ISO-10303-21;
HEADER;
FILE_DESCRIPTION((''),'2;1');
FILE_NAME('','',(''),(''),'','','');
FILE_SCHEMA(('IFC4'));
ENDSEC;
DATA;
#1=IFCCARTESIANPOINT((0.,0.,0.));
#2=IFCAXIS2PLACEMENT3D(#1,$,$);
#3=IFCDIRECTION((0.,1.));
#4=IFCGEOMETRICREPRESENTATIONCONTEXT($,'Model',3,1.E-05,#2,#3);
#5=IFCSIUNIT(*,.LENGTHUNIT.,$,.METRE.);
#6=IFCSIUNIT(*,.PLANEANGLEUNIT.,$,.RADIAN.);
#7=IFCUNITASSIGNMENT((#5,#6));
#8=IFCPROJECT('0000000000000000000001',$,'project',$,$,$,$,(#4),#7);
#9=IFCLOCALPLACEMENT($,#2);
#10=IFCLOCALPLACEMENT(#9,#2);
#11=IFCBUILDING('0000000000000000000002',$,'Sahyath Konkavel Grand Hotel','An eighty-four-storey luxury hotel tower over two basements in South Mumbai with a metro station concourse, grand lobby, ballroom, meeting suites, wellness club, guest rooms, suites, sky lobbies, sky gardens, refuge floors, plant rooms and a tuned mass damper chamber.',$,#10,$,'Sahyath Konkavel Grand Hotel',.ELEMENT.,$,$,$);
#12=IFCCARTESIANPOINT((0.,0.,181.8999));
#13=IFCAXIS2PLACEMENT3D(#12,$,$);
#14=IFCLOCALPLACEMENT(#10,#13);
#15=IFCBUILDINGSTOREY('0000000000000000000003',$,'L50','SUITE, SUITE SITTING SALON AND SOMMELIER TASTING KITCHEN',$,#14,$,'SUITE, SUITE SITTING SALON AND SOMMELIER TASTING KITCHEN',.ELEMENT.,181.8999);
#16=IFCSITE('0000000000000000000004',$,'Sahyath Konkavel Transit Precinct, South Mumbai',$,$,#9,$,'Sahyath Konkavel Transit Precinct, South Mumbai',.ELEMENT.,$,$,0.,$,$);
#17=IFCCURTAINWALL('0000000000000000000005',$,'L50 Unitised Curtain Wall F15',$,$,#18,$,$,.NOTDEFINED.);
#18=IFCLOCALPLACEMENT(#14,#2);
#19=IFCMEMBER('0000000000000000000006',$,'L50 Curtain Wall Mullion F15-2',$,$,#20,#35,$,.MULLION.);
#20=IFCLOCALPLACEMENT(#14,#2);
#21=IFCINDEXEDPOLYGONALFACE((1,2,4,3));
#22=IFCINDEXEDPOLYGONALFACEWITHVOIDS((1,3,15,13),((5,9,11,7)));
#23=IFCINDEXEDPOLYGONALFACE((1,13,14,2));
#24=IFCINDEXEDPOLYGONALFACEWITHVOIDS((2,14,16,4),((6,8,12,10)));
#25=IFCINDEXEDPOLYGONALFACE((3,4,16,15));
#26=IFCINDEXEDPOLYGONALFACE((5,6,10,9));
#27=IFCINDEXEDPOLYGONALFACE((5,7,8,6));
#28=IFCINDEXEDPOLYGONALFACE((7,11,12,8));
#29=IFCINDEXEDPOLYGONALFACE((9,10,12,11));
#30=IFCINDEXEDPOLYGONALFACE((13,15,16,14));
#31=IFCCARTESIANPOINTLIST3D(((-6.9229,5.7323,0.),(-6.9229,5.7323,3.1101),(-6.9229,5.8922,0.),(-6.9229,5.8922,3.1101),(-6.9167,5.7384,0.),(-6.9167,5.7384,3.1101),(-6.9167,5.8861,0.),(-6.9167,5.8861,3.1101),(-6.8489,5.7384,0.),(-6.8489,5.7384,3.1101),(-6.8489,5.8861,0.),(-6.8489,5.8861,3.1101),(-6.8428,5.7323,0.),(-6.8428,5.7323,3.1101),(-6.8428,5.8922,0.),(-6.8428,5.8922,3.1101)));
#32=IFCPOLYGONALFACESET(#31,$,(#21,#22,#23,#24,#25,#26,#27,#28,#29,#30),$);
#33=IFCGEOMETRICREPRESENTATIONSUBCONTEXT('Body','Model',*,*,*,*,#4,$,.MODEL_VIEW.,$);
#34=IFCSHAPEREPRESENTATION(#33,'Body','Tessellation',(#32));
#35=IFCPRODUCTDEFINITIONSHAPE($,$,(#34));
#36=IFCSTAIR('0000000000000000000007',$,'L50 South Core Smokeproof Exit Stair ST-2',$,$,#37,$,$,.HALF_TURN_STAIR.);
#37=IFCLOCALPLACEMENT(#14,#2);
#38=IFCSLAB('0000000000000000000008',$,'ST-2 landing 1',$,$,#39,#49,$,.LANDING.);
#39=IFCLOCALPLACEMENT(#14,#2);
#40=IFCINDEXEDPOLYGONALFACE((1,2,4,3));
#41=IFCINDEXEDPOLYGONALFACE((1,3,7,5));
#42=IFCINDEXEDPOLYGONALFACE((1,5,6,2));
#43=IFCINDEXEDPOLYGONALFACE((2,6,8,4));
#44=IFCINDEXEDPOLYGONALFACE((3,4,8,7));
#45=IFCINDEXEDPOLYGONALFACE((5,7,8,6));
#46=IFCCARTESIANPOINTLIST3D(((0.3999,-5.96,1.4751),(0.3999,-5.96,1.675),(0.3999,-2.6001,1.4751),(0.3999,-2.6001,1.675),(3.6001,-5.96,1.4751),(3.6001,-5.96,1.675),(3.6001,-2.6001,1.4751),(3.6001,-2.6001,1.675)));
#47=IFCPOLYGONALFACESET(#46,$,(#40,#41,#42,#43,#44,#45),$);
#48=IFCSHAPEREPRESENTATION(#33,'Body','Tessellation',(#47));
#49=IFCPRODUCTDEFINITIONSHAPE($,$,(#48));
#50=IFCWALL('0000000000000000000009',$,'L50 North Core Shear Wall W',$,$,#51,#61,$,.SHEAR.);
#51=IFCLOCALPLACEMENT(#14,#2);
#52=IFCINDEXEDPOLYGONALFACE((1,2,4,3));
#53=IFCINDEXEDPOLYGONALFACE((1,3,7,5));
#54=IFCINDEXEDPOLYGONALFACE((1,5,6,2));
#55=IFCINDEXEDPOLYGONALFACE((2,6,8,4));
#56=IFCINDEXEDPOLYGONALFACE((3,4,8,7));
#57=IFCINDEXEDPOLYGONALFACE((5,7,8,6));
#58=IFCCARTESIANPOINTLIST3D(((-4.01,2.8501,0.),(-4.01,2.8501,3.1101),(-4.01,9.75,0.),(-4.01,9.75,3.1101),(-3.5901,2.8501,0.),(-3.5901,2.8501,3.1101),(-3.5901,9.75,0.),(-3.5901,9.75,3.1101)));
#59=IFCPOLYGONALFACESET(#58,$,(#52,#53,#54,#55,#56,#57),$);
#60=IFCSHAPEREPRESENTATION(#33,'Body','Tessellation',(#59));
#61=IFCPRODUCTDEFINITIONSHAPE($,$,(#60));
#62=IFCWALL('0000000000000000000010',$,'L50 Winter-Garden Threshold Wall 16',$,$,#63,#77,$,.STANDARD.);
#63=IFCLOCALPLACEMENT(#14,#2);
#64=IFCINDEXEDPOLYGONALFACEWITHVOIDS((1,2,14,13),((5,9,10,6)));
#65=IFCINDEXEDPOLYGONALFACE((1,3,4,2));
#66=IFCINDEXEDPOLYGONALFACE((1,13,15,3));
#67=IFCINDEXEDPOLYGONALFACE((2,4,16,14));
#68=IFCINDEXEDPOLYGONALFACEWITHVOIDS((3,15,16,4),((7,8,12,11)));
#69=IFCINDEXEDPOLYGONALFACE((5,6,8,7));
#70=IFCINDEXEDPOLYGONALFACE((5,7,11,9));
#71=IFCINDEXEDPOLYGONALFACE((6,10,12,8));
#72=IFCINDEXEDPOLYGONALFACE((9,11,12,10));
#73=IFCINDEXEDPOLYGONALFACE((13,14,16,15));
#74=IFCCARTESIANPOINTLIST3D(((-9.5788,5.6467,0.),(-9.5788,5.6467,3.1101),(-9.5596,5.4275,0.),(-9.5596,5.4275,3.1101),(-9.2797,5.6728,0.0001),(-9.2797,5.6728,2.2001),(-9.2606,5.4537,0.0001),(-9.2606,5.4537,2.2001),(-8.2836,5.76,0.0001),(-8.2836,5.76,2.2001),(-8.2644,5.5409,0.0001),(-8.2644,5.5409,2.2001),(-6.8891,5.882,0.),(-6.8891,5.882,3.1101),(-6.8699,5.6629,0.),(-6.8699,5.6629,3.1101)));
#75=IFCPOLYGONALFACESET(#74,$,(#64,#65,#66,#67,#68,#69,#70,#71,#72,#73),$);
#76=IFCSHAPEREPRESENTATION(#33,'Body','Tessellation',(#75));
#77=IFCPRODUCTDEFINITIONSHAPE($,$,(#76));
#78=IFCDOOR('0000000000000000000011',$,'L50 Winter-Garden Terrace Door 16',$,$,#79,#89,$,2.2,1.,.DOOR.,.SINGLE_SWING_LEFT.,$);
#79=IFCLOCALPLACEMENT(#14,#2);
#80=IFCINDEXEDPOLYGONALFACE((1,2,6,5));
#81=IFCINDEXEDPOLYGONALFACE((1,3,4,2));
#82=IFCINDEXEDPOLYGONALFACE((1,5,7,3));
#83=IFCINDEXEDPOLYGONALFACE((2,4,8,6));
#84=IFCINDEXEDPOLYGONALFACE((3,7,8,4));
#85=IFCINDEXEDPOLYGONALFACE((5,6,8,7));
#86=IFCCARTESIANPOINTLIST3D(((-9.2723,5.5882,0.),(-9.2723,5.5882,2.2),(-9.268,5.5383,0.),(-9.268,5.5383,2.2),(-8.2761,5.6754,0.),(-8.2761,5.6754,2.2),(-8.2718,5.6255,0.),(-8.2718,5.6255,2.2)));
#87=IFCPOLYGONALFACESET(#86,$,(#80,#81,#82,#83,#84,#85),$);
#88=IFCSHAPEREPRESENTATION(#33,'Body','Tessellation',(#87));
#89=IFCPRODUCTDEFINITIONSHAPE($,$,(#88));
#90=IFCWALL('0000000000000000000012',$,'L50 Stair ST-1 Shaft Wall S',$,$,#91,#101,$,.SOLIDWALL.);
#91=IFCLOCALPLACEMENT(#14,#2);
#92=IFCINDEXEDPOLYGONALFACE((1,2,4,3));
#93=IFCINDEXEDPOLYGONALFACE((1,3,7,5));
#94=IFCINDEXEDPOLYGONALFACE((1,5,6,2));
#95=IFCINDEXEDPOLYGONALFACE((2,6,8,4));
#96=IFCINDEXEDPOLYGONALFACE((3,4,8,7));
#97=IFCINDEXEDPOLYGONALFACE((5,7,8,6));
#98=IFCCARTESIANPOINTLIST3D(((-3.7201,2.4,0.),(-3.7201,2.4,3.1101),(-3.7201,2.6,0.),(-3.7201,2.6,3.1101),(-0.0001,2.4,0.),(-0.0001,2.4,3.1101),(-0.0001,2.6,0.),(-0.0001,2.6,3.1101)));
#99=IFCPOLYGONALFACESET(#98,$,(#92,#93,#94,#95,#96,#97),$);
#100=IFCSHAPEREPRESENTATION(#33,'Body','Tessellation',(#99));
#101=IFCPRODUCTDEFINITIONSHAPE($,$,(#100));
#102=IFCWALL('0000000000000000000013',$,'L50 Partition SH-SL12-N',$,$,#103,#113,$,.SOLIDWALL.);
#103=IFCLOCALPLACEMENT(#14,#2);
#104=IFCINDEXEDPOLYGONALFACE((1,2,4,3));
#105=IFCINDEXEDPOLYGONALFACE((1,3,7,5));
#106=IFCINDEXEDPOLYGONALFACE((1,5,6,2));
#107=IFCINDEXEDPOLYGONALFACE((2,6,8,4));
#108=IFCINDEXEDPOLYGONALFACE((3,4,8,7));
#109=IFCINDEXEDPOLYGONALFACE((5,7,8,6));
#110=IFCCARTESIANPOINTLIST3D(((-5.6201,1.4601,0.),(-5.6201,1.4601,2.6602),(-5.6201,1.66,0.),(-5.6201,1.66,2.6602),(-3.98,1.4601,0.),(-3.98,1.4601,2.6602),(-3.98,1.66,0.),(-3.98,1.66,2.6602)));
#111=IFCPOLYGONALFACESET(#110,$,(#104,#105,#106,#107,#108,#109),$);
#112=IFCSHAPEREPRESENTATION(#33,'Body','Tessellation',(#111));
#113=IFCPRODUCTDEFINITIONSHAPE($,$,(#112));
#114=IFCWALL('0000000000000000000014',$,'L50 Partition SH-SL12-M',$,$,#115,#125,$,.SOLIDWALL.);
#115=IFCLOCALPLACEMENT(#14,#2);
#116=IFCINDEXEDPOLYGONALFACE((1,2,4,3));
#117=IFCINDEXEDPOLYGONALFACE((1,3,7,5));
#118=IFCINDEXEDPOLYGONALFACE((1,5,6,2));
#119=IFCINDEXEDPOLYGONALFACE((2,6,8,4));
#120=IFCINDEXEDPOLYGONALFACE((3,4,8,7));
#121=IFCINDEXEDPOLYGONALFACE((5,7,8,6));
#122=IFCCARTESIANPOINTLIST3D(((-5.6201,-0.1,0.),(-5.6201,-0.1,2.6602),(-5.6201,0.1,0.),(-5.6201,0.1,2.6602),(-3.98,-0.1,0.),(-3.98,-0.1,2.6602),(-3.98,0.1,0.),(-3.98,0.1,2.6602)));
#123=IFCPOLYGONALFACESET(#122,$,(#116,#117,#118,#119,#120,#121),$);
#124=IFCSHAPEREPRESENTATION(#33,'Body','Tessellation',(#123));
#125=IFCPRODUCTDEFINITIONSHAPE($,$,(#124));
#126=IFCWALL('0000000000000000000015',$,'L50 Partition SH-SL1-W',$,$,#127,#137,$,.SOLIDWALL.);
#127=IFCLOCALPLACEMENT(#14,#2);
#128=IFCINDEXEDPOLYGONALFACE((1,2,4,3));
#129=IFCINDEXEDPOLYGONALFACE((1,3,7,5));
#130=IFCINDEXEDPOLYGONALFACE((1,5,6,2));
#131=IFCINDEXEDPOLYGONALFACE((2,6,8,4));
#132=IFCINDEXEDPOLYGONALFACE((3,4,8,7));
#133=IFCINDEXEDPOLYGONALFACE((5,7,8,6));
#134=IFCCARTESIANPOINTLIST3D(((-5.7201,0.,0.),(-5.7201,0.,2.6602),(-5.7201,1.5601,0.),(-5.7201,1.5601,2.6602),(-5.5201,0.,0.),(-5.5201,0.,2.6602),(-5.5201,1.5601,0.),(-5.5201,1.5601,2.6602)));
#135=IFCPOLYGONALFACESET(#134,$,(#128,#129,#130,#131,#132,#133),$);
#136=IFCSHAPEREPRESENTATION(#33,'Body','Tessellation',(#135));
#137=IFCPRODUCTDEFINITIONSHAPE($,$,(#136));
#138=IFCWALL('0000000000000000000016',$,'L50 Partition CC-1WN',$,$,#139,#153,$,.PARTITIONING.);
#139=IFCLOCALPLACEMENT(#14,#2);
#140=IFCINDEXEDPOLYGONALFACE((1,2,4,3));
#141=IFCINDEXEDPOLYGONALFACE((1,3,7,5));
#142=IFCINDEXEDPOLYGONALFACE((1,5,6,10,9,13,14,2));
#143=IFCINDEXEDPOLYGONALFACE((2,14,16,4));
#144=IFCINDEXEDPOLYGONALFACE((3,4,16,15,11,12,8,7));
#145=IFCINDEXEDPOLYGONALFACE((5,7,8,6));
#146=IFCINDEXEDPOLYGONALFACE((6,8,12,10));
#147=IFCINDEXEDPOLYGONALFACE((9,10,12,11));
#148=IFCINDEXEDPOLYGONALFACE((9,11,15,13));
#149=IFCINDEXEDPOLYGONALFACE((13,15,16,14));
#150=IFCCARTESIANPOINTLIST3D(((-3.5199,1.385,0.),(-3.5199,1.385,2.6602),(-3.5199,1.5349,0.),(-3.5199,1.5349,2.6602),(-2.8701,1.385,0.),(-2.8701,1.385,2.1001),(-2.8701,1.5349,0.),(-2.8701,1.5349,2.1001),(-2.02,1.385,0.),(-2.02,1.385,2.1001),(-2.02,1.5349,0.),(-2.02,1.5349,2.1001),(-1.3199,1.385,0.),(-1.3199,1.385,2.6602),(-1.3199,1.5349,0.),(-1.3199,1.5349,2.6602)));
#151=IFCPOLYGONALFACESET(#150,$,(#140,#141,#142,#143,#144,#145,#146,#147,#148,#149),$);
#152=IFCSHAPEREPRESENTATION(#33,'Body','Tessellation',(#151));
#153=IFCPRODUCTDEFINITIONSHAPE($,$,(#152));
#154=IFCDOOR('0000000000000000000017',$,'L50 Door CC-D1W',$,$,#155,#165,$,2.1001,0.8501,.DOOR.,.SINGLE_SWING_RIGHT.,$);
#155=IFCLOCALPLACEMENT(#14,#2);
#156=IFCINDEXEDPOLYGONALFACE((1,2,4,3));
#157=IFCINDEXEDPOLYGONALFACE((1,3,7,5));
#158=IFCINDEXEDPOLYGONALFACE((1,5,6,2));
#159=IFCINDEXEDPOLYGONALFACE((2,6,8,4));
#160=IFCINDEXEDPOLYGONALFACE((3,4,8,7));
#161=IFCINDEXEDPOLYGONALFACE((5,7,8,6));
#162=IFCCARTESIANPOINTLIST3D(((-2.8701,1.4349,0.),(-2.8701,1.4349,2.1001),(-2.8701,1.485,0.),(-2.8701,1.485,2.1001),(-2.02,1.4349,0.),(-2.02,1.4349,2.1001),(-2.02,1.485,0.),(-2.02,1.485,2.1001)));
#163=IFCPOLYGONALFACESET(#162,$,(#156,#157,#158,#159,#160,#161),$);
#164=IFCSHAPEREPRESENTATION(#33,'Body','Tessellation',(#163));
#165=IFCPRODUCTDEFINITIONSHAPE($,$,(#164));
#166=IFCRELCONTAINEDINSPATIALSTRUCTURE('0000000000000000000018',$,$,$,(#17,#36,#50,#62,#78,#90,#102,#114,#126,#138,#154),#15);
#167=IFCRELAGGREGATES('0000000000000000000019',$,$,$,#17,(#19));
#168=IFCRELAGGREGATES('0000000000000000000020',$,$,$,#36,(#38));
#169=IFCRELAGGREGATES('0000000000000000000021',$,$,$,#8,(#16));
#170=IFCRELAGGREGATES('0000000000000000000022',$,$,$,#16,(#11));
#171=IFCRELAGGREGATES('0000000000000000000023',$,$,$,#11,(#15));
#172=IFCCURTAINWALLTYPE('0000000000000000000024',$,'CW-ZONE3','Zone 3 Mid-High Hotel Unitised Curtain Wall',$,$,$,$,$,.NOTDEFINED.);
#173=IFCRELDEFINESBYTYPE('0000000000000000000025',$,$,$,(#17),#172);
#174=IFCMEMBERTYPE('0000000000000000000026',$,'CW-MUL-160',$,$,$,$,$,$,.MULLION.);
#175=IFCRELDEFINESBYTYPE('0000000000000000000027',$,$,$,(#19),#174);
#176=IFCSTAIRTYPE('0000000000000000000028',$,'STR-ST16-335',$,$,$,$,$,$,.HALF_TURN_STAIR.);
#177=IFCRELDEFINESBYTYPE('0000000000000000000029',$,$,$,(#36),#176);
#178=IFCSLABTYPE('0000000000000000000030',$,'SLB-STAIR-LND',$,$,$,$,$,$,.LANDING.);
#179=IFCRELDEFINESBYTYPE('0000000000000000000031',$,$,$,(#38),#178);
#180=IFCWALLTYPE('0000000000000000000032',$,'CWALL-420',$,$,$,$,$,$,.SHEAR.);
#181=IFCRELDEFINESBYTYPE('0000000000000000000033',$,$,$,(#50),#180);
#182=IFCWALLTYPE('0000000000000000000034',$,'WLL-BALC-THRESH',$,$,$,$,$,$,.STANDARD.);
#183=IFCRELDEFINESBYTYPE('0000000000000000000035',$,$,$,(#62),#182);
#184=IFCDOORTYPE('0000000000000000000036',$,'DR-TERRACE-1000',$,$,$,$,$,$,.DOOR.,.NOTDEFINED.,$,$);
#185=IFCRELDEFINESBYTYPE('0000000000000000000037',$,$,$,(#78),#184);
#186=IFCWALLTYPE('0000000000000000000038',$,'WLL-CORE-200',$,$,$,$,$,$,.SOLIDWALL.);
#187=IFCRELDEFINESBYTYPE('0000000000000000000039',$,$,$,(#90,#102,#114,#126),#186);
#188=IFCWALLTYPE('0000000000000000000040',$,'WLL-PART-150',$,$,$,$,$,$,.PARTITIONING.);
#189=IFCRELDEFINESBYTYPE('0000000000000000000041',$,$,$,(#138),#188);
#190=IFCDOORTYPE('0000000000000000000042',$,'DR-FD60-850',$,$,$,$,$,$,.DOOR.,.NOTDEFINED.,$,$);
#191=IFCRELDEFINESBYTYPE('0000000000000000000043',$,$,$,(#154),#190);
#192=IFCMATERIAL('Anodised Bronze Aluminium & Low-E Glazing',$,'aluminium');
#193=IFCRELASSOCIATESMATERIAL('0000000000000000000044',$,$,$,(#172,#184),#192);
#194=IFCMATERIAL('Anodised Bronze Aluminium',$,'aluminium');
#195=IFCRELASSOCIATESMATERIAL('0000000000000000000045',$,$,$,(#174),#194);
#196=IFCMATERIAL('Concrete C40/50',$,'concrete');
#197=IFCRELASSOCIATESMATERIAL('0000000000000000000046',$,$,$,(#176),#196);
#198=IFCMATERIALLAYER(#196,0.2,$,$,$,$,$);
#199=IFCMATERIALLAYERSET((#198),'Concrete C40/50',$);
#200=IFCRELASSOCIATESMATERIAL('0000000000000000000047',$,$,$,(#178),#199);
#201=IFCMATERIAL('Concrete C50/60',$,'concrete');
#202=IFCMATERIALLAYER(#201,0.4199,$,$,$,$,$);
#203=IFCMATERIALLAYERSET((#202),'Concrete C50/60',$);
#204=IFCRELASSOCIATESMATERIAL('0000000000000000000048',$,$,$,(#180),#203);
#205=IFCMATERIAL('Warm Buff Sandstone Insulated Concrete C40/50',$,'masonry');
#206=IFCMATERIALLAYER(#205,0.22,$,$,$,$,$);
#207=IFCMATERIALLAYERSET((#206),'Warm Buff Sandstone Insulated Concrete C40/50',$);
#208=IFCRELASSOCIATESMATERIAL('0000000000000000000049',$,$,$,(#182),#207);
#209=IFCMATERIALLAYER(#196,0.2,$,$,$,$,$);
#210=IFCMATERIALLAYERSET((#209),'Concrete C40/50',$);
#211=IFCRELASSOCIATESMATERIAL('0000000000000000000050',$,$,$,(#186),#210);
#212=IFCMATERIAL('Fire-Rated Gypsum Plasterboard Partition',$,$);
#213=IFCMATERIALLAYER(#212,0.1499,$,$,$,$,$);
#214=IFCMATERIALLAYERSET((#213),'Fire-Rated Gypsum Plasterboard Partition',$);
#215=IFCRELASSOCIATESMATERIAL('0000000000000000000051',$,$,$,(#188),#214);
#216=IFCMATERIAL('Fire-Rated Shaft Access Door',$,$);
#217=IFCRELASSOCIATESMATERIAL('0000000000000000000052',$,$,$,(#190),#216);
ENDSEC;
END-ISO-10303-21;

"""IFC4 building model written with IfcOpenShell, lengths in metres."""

from ifc_helpers import new_model, si_unit, direction, frame, frame_2d, origin, origin_2d, place, context, subcontext, project, spatial, polyline, rectangle, hollow_rectangle, outline, extrude, source, transform, mapped, material, layer, layer_set, material_profile, profile_set, type_object, element, fill, aggregate, save


model = new_model("IFC4")

# Units and contexts
model_context = context("Model", 3, precision=1e-05, world=origin(), true_north=direction((0.0, 1.0)))
body_context = subcontext(model_context, "Body", "Model", "MODEL_VIEW")
ifc_project = project(units=[si_unit("LENGTHUNIT", "METRE"), si_unit("PLANEANGLEUNIT", "RADIAN")], contexts=[model_context])

# Site, building, storey
site_placement = place(None, origin())
site = spatial("IfcSite", under=ifc_project, at=site_placement, Name="Sahyath Konkavel Transit Precinct, South Mumbai", LongName="Sahyath Konkavel Transit Precinct, South Mumbai", CompositionType="ELEMENT", RefElevation=0.0)
building_placement = place(site_placement, origin())
building = spatial("IfcBuilding", under=site, at=building_placement, Name="Sahyath Konkavel Grand Hotel", Description="An eighty-four-storey luxury hotel tower over two basements in South Mumbai with a metro station concourse, grand lobby, ballroom, meeting suites, wellness club, guest rooms, suites, sky lobbies, sky gardens, refuge floors, plant rooms and a tuned mass damper chamber.", LongName="Sahyath Konkavel Grand Hotel", CompositionType="ELEMENT")
storey_placement = place(building_placement, frame((0.0, 0.0, 181.8999)))
storey = spatial("IfcBuildingStorey", under=building, at=storey_placement, Name="L50", Description="SUITE, SUITE SITTING SALON AND SOMMELIER TASTING KITCHEN", LongName="SUITE, SUITE SITTING SALON AND SOMMELIER TASTING KITCHEN", CompositionType="ELEMENT", Elevation=181.8999)

# Shared definitions
ifc_material_1 = material(Name="Concrete C50/60", Category="concrete")

# Curtain wall, member
ifc_material_2 = material(Name="Anodised Bronze Aluminium & Low-E Glazing", Category="aluminium")
curtain_wall_type = type_object("IfcCurtainWallType", Name="CW-ZONE3", Description="Zone 3 Mid-High Hotel Unitised Curtain Wall", PredefinedType="NOTDEFINED", material=ifc_material_2)
curtain_wall_placement = place(storey_placement, origin())
curtain_wall = element("IfcCurtainWall", 1, at=curtain_wall_placement, inside=storey, type_object=curtain_wall_type, Name="L50 Unitised Curtain Wall F15", PredefinedType="NOTDEFINED")
ifc_material_3 = material(Name="Anodised Bronze Aluminium", Category="aluminium")
ifc_material_profile_1 = material_profile(ifc_material_3, hollow_rectangle(XDim=0.0801, YDim=0.1599, WallThickness=0.0061, at=origin_2d()), Name="RHS 160x80x6")
ifc_profile_set_1 = profile_set([ifc_material_profile_1], Name="Anodised Bronze Aluminium")
member_type = type_object("IfcMemberType", Name="CW-MUL-160", PredefinedType="MULLION", material=ifc_profile_set_1)
shared_shape_1 = source(origin(), body_context, "Body", "SweptSolid", [
    extrude(hollow_rectangle(XDim=0.0801, YDim=0.1599, WallThickness=0.0061, at=origin_2d()), origin(), (0.0, 0.0, 1.0), 3.1101),
])
member_placement = place(storey_placement, frame((-6.8828, 5.8123, 0.0), z_axis=(0.0, 0.0, 1.0), x_axis=(1.0, 0.0, 0.0)))
member = element("IfcMember", 2, at=member_placement, type_object=member_type, Name="L50 Curtain Wall Mullion F15-2", PredefinedType="MULLION", context=body_context, shape_type="MappedRepresentation", body=[
    mapped(shared_shape_1, transform((0.0, 0.0, 0.0), scale=1.0)),
])
aggregate(curtain_wall, [member])

# Stair, slab
ifc_material_4 = material(Name="Concrete C40/50", Category="concrete")
stair_type = type_object("IfcStairType", Name="STR-ST16-335", PredefinedType="HALF_TURN_STAIR", material=ifc_material_4)
stair_1_placement = place(storey_placement, origin())
stair_1 = element("IfcStair", 3, at=stair_1_placement, inside=storey, type_object=stair_type, Name="L50 South Core Smokeproof Exit Stair ST-2", PredefinedType="HALF_TURN_STAIR")
ifc_layer_1 = layer(ifc_material_4, 0.2)
ifc_layer_set_1 = layer_set([ifc_layer_1], Name="Concrete C40/50")
slab_type = type_object("IfcSlabType", Name="SLB-STAIR-LND", PredefinedType="LANDING", material=ifc_layer_set_1)
slab_placement = place(storey_placement, frame((0.0, 0.0, 1.4751)))
slab = element("IfcSlab", 4, at=slab_placement, type_object=slab_type, Name="ST-2 landing 1", PredefinedType="LANDING", context=body_context, shape_type="SweptSolid", body=[
    extrude(outline(polyline([(3.6001, -5.96), (3.6001, -2.6001), (0.3999, -2.6001), (0.3999, -5.96), (3.6001, -5.96)])), origin(), (0.0, 0.0, 1.0), 0.2),
])
aggregate(stair_1, [slab])

# Wall
ifc_layer_2 = layer(ifc_material_1, 0.4199)
ifc_layer_set_2 = layer_set([ifc_layer_2], Name="Concrete C50/60")
wall_type_1 = type_object("IfcWallType", Name="CWALL-420", PredefinedType="SHEAR", material=ifc_layer_set_2)
wall_1_placement = place(storey_placement, frame((-3.8, 2.8501, 0.0), z_axis=(0.0, 0.0, 1.0), x_axis=(0.0, 1.0, 0.0)))
element("IfcWall", 5, at=wall_1_placement, inside=storey, type_object=wall_type_1, Name="L50 North Core Shear Wall W", PredefinedType="SHEAR", context=body_context, shape_type="SweptSolid", body=[
    extrude(rectangle(XDim=6.8999, YDim=0.4199, at=frame_2d((3.45, 0.0))), origin(), (0.0, 0.0, 1.0), 3.1101),
])

# Wall, opening, door
ifc_material_5 = material(Name="Warm Buff Sandstone Insulated Concrete C40/50", Category="masonry")
ifc_layer_3 = layer(ifc_material_5, 0.22)
ifc_layer_set_3 = layer_set([ifc_layer_3], Name="Warm Buff Sandstone Insulated Concrete C40/50")
wall_type_2 = type_object("IfcWallType", Name="WLL-BALC-THRESH", PredefinedType="STANDARD", material=ifc_layer_set_3)
wall_2_placement = place(storey_placement, frame((-6.8794, 5.7725, 0.0), z_axis=(0.0, 0.0, 1.0), x_axis=(-0.996194, -0.087168, 0.0)))
wall_2 = element("IfcWall", 6, at=wall_2_placement, inside=storey, type_object=wall_type_2, Name="L50 Winter-Garden Threshold Wall 16", PredefinedType="STANDARD", context=body_context, shape_type="SweptSolid", body=[
    extrude(rectangle(XDim=2.7, YDim=0.22, at=frame_2d((1.3501, 0.0))), origin(), (0.0, 0.0, 1.0), 3.1101),
])
opening_1_placement = place(wall_2_placement, frame((1.3999, 0.0, 0.0)))
opening_1 = element("IfcOpeningElement", 7, at=opening_1_placement, cuts=wall_2, PredefinedType="OPENING", context=body_context, shape_type="SweptSolid", body=[
    extrude(rectangle(XDim=1.0, YDim=2.2, at=frame_2d((0.5, 1.1001))), frame((0.0, 0.1201, 0.0), z_axis=(0.0, -1.0, 0.0), x_axis=(1.0, 0.0, 0.0)), (0.0, 0.0, 1.0), 0.24),
])
door_type_1 = type_object("IfcDoorType", Name="DR-TERRACE-1000", OperationType="NOTDEFINED", PredefinedType="DOOR", material=ifc_material_2)
shared_shape_2 = source(origin(), body_context, "Body", "SweptSolid", [
    extrude(rectangle(XDim=1.0, YDim=0.05, at=origin_2d()), origin(), (0.0, 0.0, 1.0), 2.2),
])
door_1_placement = place(opening_1_placement, frame((0.5, 0.0, 0.0)))
door_1 = element("IfcDoor", 8, at=door_1_placement, inside=storey, type_object=door_type_1, Name="L50 Winter-Garden Terrace Door 16", OperationType="SINGLE_SWING_LEFT", OverallHeight=2.2, OverallWidth=1.0, PredefinedType="DOOR", context=body_context, shape_type="MappedRepresentation", body=[
    mapped(shared_shape_2, transform((0.0, 0.0, 0.0), scale=1.0)),
])
fill(opening_1, door_1)

# Walls
ifc_layer_4 = layer(ifc_material_4, 0.2)
ifc_layer_set_4 = layer_set([ifc_layer_4], Name="Concrete C40/50")
wall_type_3 = type_object("IfcWallType", Name="WLL-CORE-200", PredefinedType="SOLIDWALL", material=ifc_layer_set_4)
wall_3_placement = place(storey_placement, frame((-3.72, 2.5, 0.0), z_axis=(0.0, 0.0, 1.0), x_axis=(1.0, 0.0, 0.0)))
element("IfcWall", 9, at=wall_3_placement, inside=storey, type_object=wall_type_3, Name="L50 Stair ST-1 Shaft Wall S", PredefinedType="SOLIDWALL", context=body_context, shape_type="SweptSolid", body=[
    extrude(rectangle(XDim=3.72, YDim=0.2, at=frame_2d((1.8599, 0.0))), origin(), (0.0, 0.0, 1.0), 3.1101),
])
for number, where, z_axis, x_axis, name in (
    (10, (-5.6201, 1.5601, 0.0), (0.0, 0.0, 1.0), (1.0, 0.0, 0.0), "L50 Partition SH-SL12-N"),
    (11, (-5.6201, 0.0, 0.0), (0.0, 0.0, 1.0), (1.0, 0.0, 0.0), "L50 Partition SH-SL12-M"),
):
    element("IfcWall", number, at=place(storey_placement, frame(where, z_axis=z_axis, x_axis=x_axis)), inside=storey, type_object=wall_type_3, Name=name, PredefinedType="SOLIDWALL", context=body_context, shape_type="SweptSolid", body=[
        extrude(rectangle(XDim=1.6401, YDim=0.2, at=frame_2d((0.8201, 0.0))), origin(), (0.0, 0.0, 1.0), 2.6602),
    ])
wall_4_placement = place(storey_placement, frame((-5.6201, 0.0, 0.0), z_axis=(0.0, 0.0, 1.0), x_axis=(0.0, 1.0, 0.0)))
element("IfcWall", 12, at=wall_4_placement, inside=storey, type_object=wall_type_3, Name="L50 Partition SH-SL1-W", PredefinedType="SOLIDWALL", context=body_context, shape_type="SweptSolid", body=[
    extrude(rectangle(XDim=1.5601, YDim=0.2, at=frame_2d((0.78, 0.0))), origin(), (0.0, 0.0, 1.0), 2.6602),
])

# Wall, opening, door
ifc_material_6 = material(Name="Fire-Rated Gypsum Plasterboard Partition")
ifc_layer_5 = layer(ifc_material_6, 0.1499)
ifc_layer_set_5 = layer_set([ifc_layer_5], Name="Fire-Rated Gypsum Plasterboard Partition")
wall_type_4 = type_object("IfcWallType", Name="WLL-PART-150", PredefinedType="PARTITIONING", material=ifc_layer_set_5)
wall_5_placement = place(storey_placement, frame((-3.52, 1.46, 0.0), z_axis=(0.0, 0.0, 1.0), x_axis=(1.0, 0.0, 0.0)))
wall_5 = element("IfcWall", 13, at=wall_5_placement, inside=storey, type_object=wall_type_4, Name="L50 Partition CC-1WN", PredefinedType="PARTITIONING", context=body_context, shape_type="SweptSolid", body=[
    extrude(rectangle(XDim=2.2, YDim=0.1499, at=frame_2d((1.1001, 0.0))), origin(), (0.0, 0.0, 1.0), 2.6602),
])
opening_2_placement = place(wall_5_placement, frame((0.6499, 0.0, 0.0)))
opening_2 = element("IfcOpeningElement", 14, at=opening_2_placement, cuts=wall_5, PredefinedType="OPENING", context=body_context, shape_type="SweptSolid", body=[
    extrude(rectangle(XDim=0.8501, YDim=2.1001, at=frame_2d((0.425, 1.05))), frame((0.0, 0.085, 0.0), z_axis=(0.0, -1.0, 0.0), x_axis=(1.0, 0.0, 0.0)), (0.0, 0.0, 1.0), 0.1699),
])
ifc_material_7 = material(Name="Fire-Rated Shaft Access Door")
door_type_2 = type_object("IfcDoorType", Name="DR-FD60-850", OperationType="NOTDEFINED", PredefinedType="DOOR", material=ifc_material_7)
shared_shape_3 = source(origin(), body_context, "Body", "SweptSolid", [
    extrude(rectangle(XDim=0.8501, YDim=0.05, at=origin_2d()), origin(), (0.0, 0.0, 1.0), 2.1001),
])
door_2_placement = place(opening_2_placement, frame((0.425, 0.0, 0.0)))
door_2 = element("IfcDoor", 15, at=door_2_placement, inside=storey, type_object=door_type_2, Name="L50 Door CC-D1W", OperationType="SINGLE_SWING_RIGHT", OverallHeight=2.1001, OverallWidth=0.8501, PredefinedType="DOOR", context=body_context, shape_type="MappedRepresentation", body=[
    mapped(shared_shape_3, transform((0.0, 0.0, 0.0), scale=1.0)),
])
fill(opening_2, door_2)

save(model, "model.ifc")
